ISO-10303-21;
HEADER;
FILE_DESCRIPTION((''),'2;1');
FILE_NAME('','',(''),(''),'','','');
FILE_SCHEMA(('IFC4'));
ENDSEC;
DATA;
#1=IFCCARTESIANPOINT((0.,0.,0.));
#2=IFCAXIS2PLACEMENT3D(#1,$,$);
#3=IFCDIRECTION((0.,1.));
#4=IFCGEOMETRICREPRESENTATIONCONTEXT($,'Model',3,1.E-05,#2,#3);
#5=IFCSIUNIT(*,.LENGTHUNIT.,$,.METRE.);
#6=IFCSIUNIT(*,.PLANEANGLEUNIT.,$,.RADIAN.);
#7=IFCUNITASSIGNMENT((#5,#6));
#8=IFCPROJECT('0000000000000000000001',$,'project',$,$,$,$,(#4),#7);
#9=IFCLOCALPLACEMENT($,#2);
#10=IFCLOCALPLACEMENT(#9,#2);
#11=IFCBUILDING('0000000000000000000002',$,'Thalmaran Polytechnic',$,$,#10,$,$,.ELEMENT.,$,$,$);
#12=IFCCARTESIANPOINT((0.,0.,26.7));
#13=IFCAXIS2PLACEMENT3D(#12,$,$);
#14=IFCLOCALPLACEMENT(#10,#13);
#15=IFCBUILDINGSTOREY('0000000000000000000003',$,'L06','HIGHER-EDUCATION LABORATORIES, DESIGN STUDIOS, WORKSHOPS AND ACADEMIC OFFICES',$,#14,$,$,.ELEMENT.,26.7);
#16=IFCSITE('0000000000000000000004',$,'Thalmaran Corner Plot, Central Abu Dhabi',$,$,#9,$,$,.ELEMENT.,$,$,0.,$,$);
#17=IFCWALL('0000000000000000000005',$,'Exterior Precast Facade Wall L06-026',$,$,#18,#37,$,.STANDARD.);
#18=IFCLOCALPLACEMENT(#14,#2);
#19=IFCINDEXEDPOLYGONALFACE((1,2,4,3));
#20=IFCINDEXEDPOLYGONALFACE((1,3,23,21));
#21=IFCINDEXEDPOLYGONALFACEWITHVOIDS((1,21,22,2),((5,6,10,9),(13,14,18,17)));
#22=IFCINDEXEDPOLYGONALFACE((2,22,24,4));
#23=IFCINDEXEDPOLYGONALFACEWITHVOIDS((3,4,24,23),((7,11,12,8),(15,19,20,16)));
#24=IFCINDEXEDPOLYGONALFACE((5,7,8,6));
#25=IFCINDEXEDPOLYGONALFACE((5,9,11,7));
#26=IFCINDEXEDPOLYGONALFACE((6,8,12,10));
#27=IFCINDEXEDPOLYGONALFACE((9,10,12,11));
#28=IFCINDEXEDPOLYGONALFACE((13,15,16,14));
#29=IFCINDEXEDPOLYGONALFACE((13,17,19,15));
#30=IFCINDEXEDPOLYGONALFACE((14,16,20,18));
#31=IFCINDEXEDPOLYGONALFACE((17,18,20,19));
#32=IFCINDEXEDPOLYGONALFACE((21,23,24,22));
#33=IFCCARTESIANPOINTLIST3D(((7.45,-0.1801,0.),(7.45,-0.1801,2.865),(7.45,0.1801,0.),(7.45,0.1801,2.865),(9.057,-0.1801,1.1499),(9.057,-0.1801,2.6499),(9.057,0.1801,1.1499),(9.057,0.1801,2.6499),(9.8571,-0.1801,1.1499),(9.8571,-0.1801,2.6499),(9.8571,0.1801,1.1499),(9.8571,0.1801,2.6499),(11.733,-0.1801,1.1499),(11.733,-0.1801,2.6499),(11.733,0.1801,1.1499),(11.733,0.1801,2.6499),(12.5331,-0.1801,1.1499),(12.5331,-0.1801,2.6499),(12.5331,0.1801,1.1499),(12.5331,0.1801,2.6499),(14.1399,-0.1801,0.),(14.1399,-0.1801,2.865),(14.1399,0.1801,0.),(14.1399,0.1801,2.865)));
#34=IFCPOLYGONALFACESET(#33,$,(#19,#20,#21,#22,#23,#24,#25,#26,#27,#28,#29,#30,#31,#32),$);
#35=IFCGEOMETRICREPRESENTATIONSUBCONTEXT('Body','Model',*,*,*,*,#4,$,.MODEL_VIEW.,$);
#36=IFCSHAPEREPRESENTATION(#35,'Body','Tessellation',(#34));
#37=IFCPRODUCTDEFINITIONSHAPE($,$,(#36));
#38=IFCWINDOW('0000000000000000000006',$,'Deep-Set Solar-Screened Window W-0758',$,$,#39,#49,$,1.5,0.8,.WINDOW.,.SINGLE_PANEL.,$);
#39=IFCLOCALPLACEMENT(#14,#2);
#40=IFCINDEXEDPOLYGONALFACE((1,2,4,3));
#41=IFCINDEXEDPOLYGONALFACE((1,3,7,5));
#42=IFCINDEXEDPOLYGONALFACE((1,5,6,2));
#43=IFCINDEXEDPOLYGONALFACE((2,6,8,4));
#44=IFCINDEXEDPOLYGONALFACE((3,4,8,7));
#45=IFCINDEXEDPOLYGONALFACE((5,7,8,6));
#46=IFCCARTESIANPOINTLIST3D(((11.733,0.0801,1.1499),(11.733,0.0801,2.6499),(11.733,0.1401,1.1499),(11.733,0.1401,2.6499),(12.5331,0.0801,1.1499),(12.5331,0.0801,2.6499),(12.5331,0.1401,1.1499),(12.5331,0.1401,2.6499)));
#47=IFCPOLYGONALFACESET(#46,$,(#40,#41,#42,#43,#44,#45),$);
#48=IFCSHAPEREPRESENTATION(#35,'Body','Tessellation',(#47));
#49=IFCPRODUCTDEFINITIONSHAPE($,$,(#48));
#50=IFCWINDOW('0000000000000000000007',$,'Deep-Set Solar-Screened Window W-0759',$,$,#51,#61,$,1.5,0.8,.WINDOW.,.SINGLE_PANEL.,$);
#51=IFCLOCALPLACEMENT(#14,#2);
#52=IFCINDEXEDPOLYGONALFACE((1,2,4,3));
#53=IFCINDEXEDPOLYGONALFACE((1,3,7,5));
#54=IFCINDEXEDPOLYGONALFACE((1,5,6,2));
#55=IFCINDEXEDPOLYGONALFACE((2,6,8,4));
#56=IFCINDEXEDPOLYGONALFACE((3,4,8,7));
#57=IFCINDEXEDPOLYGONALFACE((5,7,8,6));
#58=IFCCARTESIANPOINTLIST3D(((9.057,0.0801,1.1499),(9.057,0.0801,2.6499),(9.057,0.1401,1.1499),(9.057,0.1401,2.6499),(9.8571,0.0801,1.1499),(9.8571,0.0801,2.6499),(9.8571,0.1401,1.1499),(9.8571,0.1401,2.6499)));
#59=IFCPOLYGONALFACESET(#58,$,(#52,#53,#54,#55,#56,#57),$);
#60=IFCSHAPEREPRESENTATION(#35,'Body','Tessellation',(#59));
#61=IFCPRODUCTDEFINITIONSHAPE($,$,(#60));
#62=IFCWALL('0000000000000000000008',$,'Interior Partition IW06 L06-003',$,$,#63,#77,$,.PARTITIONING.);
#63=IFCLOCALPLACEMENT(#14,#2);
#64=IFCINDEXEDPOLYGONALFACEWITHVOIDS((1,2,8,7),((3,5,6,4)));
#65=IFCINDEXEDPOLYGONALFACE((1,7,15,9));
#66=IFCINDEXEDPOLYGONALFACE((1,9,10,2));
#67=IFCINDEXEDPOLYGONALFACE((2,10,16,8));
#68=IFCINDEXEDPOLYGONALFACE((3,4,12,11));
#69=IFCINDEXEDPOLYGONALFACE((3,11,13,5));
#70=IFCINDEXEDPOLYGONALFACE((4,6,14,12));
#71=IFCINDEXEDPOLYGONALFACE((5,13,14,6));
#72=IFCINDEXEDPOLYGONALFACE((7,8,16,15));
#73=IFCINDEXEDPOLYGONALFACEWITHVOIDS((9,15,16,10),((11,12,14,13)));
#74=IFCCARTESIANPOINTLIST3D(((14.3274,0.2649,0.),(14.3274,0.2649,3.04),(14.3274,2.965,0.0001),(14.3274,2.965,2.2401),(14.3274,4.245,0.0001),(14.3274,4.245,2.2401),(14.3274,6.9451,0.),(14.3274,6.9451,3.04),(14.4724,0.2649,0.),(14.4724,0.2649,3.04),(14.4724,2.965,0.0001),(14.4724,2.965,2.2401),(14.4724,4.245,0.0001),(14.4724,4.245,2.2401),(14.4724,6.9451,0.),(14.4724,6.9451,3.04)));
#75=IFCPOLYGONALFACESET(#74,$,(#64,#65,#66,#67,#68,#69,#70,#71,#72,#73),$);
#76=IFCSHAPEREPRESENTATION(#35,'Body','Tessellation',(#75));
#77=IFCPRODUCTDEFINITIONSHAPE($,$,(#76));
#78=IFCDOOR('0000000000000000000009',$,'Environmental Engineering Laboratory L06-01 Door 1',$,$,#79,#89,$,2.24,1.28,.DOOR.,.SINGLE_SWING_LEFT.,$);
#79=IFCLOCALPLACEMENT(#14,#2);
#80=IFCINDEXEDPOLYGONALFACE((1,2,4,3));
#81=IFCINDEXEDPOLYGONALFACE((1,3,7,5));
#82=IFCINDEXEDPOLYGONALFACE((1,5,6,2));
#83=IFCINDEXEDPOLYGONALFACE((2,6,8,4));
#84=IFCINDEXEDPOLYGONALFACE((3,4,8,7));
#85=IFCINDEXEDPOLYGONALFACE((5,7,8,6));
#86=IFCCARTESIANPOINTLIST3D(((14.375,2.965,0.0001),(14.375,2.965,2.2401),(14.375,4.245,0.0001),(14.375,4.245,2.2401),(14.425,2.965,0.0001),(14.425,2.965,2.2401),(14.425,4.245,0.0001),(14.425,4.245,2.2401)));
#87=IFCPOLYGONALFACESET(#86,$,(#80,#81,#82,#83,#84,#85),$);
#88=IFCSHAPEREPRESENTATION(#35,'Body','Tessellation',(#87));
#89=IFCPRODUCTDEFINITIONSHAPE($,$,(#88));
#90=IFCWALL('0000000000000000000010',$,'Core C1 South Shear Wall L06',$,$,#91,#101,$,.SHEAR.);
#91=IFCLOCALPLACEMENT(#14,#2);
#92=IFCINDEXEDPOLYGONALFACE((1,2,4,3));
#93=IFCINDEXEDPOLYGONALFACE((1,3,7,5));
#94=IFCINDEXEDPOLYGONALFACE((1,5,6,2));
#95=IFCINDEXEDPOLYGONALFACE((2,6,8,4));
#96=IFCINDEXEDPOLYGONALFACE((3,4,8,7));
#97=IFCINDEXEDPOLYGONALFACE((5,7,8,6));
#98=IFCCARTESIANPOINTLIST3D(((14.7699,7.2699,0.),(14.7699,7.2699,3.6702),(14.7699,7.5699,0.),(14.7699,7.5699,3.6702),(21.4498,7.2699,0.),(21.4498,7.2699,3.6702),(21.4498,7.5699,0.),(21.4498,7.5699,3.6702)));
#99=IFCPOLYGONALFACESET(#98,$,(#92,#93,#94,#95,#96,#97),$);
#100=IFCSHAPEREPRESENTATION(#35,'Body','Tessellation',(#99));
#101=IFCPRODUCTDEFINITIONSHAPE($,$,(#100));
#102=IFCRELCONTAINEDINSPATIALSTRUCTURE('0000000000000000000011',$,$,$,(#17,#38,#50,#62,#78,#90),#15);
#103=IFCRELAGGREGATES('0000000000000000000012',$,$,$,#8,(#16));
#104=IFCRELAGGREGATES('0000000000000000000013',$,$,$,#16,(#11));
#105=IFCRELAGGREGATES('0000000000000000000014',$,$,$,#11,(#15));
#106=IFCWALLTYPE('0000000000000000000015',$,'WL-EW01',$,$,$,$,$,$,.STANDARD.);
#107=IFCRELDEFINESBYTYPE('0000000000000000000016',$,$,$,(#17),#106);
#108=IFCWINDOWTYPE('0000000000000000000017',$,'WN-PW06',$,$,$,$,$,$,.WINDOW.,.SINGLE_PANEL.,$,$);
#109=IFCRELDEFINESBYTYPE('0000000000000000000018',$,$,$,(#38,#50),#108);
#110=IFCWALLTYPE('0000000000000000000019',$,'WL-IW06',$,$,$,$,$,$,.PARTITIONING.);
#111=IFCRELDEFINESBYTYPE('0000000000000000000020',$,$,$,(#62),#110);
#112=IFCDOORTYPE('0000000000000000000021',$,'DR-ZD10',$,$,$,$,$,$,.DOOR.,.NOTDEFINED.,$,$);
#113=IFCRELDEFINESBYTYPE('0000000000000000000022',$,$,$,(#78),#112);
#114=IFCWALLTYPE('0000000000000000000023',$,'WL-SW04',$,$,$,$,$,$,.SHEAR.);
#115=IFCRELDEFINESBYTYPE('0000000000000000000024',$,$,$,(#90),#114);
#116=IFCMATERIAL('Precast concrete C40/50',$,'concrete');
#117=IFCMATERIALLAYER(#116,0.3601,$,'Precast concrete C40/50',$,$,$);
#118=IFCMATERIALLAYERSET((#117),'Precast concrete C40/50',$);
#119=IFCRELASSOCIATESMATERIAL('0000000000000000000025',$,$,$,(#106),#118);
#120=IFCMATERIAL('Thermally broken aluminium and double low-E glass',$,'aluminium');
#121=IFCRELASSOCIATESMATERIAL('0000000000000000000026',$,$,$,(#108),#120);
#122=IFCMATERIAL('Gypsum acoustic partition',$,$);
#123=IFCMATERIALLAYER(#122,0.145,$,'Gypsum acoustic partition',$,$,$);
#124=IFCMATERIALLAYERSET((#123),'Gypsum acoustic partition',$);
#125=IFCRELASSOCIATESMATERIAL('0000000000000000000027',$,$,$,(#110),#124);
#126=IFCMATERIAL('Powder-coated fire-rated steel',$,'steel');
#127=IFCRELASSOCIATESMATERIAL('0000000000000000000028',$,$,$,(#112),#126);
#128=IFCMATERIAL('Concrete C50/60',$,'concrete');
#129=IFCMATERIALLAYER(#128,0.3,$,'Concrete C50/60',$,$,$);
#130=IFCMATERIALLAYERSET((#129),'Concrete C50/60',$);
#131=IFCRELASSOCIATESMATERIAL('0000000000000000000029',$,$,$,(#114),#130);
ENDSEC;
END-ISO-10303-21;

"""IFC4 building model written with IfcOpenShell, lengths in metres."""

from ifc_helpers import new_model, si_unit, direction, frame, frame_2d, origin, place, context, subcontext, project, spatial, rectangle, extrude, material, layer, layer_set, type_object, element, fill, save


model = new_model("IFC4")

# Units and contexts
model_context = context("Model", 3, precision=1e-05, world=origin(), true_north=direction((0.0, 1.0)))
body_context = subcontext(model_context, "Body", "Model", "MODEL_VIEW")
ifc_project = project(units=[si_unit("LENGTHUNIT", "METRE"), si_unit("PLANEANGLEUNIT", "RADIAN")], contexts=[model_context])

# Site, building, storey
site_placement = place(None, origin())
site = spatial("IfcSite", under=ifc_project, at=site_placement, Name="Thalmaran Corner Plot, Central Abu Dhabi", CompositionType="ELEMENT", RefElevation=0.0)
building_placement = place(site_placement, origin())
building = spatial("IfcBuilding", under=site, at=building_placement, Name="Thalmaran Polytechnic", CompositionType="ELEMENT")
storey_placement = place(building_placement, frame((0.0, 0.0, 26.7)))
storey = spatial("IfcBuildingStorey", under=building, at=storey_placement, Name="L06", Description="HIGHER-EDUCATION LABORATORIES, DESIGN STUDIOS, WORKSHOPS AND ACADEMIC OFFICES", CompositionType="ELEMENT", Elevation=26.7)

# Wall, openings, windows
ifc_material_1 = material(Name="Precast concrete C40/50", Category="concrete")
ifc_layer_1 = layer(ifc_material_1, 0.3601, Name="Precast concrete C40/50")
ifc_layer_set_1 = layer_set([ifc_layer_1], Name="Precast concrete C40/50")
wall_type_1 = type_object("IfcWallType", Name="WL-EW01", PredefinedType="STANDARD", material=ifc_layer_set_1)
wall_1_placement = place(storey_placement, frame((14.1399, 0.0, 0.0), z_axis=(0.0, 0.0, 1.0), x_axis=(-1.0, 0.0, 0.0)))
wall_1 = element("IfcWall", 1, at=wall_1_placement, inside=storey, type_object=wall_type_1, Name="Exterior Precast Facade Wall L06-026", PredefinedType="STANDARD", context=body_context, shape_type="SweptSolid", body=[
    extrude(rectangle(XDim=6.6899, YDim=0.3601, at=frame_2d((3.345, 0.0))), origin(), (0.0, 0.0, 1.0), 2.865),
])
opening_1_placement = place(wall_1_placement, frame((1.6069, 0.0, 1.1499)))
opening_1 = element("IfcOpeningElement", 2, at=opening_1_placement, cuts=wall_1, PredefinedType="OPENING", context=body_context, shape_type="SweptSolid", body=[
    extrude(rectangle(XDim=0.8, YDim=1.5, at=frame_2d((0.3999, 0.75))), frame((0.0, 0.1899, 0.0), z_axis=(0.0, -1.0, 0.0), x_axis=(1.0, 0.0, 0.0)), (0.0, 0.0, 1.0), 0.3801),
])
opening_2_placement = place(wall_1_placement, frame((4.283, 0.0, 1.1499)))
opening_2 = element("IfcOpeningElement", 3, at=opening_2_placement, cuts=wall_1, PredefinedType="OPENING", context=body_context, shape_type="SweptSolid", body=[
    extrude(rectangle(XDim=0.8, YDim=1.5, at=frame_2d((0.3999, 0.75))), frame((0.0, 0.1899, 0.0), z_axis=(0.0, -1.0, 0.0), x_axis=(1.0, 0.0, 0.0)), (0.0, 0.0, 1.0), 0.3801),
])
ifc_material_2 = material(Name="Thermally broken aluminium and double low-E glass", Category="aluminium")
window_type = type_object("IfcWindowType", Name="WN-PW06", PartitioningType="SINGLE_PANEL", PredefinedType="WINDOW", material=ifc_material_2)
window_1_placement = place(opening_1_placement, origin())
window_1 = element("IfcWindow", 4, at=window_1_placement, inside=storey, type_object=window_type, Name="Deep-Set Solar-Screened Window W-0758", OverallHeight=1.5, OverallWidth=0.8, PartitioningType="SINGLE_PANEL", PredefinedType="WINDOW", context=body_context, shape_type="SweptSolid", body=[
    extrude(rectangle(XDim=0.8, YDim=1.5, at=frame_2d((0.3999, 0.75))), frame((0.0, -0.0801, 0.0), z_axis=(0.0, -1.0, 0.0), x_axis=(1.0, 0.0, 0.0)), (0.0, 0.0, 1.0), 0.0601),
])
fill(opening_1, window_1)
window_2_placement = place(opening_2_placement, origin())
window_2 = element("IfcWindow", 5, at=window_2_placement, inside=storey, type_object=window_type, Name="Deep-Set Solar-Screened Window W-0759", OverallHeight=1.5, OverallWidth=0.8, PartitioningType="SINGLE_PANEL", PredefinedType="WINDOW", context=body_context, shape_type="SweptSolid", body=[
    extrude(rectangle(XDim=0.8, YDim=1.5, at=frame_2d((0.3999, 0.75))), frame((0.0, -0.0801, 0.0), z_axis=(0.0, -1.0, 0.0), x_axis=(1.0, 0.0, 0.0)), (0.0, 0.0, 1.0), 0.0601),
])
fill(opening_2, window_2)

# Wall, opening, door
ifc_material_3 = material(Name="Gypsum acoustic partition")
ifc_layer_2 = layer(ifc_material_3, 0.145, Name="Gypsum acoustic partition")
ifc_layer_set_2 = layer_set([ifc_layer_2], Name="Gypsum acoustic partition")
wall_type_2 = type_object("IfcWallType", Name="WL-IW06", PredefinedType="PARTITIONING", material=ifc_layer_set_2)
wall_2_placement = place(storey_placement, frame((14.3999, 0.2649, 0.0), z_axis=(0.0, 0.0, 1.0), x_axis=(0.0, 1.0, 0.0)))
wall_2 = element("IfcWall", 6, at=wall_2_placement, inside=storey, type_object=wall_type_2, Name="Interior Partition IW06 L06-003", PredefinedType="PARTITIONING", context=body_context, shape_type="SweptSolid", body=[
    extrude(rectangle(XDim=6.6802, YDim=0.145, at=frame_2d((3.3401, 0.0))), origin(), (0.0, 0.0, 1.0), 3.04),
])
opening_3_placement = place(wall_2_placement, frame((2.7, 0.0, 0.0)))
opening_3 = element("IfcOpeningElement", 7, at=opening_3_placement, cuts=wall_2, PredefinedType="OPENING", context=body_context, shape_type="SweptSolid", body=[
    extrude(rectangle(XDim=1.28, YDim=2.24, at=frame_2d((0.6401, 1.1201))), frame((0.0, 0.0825, 0.0), z_axis=(0.0, -1.0, 0.0), x_axis=(1.0, 0.0, 0.0)), (0.0, 0.0, 1.0), 0.165),
])
ifc_material_4 = material(Name="Powder-coated fire-rated steel", Category="steel")
door_type = type_object("IfcDoorType", Name="DR-ZD10", OperationType="NOTDEFINED", PredefinedType="DOOR", material=ifc_material_4)
door_placement = place(opening_3_placement, origin())
door = element("IfcDoor", 8, at=door_placement, inside=storey, type_object=door_type, Name="Environmental Engineering Laboratory L06-01 Door 1", OperationType="SINGLE_SWING_LEFT", OverallHeight=2.24, OverallWidth=1.28, PredefinedType="DOOR", context=body_context, shape_type="SweptSolid", body=[
    extrude(rectangle(XDim=1.28, YDim=2.24, at=frame_2d((0.6401, 1.1201))), frame((0.0, 0.0249, 0.0), z_axis=(0.0, -1.0, 0.0), x_axis=(1.0, 0.0, 0.0)), (0.0, 0.0, 1.0), 0.05),
])
fill(opening_3, door)

# Wall
ifc_material_5 = material(Name="Concrete C50/60", Category="concrete")
ifc_layer_3 = layer(ifc_material_5, 0.3, Name="Concrete C50/60")
ifc_layer_set_3 = layer_set([ifc_layer_3], Name="Concrete C50/60")
wall_type_3 = type_object("IfcWallType", Name="WL-SW04", PredefinedType="SHEAR", material=ifc_layer_set_3)
wall_3_placement = place(storey_placement, frame((14.77, 7.4199, 0.0), z_axis=(0.0, 0.0, 1.0), x_axis=(1.0, 0.0, 0.0)))
element("IfcWall", 9, at=wall_3_placement, inside=storey, type_object=wall_type_3, Name="Core C1 South Shear Wall L06", PredefinedType="SHEAR", context=body_context, shape_type="SweptSolid", body=[
    extrude(rectangle(XDim=6.6799, YDim=0.3, at=frame_2d((3.3398, 0.0))), origin(), (0.0, 0.0, 1.0), 3.6702),
])

save(model, "model.ifc")
